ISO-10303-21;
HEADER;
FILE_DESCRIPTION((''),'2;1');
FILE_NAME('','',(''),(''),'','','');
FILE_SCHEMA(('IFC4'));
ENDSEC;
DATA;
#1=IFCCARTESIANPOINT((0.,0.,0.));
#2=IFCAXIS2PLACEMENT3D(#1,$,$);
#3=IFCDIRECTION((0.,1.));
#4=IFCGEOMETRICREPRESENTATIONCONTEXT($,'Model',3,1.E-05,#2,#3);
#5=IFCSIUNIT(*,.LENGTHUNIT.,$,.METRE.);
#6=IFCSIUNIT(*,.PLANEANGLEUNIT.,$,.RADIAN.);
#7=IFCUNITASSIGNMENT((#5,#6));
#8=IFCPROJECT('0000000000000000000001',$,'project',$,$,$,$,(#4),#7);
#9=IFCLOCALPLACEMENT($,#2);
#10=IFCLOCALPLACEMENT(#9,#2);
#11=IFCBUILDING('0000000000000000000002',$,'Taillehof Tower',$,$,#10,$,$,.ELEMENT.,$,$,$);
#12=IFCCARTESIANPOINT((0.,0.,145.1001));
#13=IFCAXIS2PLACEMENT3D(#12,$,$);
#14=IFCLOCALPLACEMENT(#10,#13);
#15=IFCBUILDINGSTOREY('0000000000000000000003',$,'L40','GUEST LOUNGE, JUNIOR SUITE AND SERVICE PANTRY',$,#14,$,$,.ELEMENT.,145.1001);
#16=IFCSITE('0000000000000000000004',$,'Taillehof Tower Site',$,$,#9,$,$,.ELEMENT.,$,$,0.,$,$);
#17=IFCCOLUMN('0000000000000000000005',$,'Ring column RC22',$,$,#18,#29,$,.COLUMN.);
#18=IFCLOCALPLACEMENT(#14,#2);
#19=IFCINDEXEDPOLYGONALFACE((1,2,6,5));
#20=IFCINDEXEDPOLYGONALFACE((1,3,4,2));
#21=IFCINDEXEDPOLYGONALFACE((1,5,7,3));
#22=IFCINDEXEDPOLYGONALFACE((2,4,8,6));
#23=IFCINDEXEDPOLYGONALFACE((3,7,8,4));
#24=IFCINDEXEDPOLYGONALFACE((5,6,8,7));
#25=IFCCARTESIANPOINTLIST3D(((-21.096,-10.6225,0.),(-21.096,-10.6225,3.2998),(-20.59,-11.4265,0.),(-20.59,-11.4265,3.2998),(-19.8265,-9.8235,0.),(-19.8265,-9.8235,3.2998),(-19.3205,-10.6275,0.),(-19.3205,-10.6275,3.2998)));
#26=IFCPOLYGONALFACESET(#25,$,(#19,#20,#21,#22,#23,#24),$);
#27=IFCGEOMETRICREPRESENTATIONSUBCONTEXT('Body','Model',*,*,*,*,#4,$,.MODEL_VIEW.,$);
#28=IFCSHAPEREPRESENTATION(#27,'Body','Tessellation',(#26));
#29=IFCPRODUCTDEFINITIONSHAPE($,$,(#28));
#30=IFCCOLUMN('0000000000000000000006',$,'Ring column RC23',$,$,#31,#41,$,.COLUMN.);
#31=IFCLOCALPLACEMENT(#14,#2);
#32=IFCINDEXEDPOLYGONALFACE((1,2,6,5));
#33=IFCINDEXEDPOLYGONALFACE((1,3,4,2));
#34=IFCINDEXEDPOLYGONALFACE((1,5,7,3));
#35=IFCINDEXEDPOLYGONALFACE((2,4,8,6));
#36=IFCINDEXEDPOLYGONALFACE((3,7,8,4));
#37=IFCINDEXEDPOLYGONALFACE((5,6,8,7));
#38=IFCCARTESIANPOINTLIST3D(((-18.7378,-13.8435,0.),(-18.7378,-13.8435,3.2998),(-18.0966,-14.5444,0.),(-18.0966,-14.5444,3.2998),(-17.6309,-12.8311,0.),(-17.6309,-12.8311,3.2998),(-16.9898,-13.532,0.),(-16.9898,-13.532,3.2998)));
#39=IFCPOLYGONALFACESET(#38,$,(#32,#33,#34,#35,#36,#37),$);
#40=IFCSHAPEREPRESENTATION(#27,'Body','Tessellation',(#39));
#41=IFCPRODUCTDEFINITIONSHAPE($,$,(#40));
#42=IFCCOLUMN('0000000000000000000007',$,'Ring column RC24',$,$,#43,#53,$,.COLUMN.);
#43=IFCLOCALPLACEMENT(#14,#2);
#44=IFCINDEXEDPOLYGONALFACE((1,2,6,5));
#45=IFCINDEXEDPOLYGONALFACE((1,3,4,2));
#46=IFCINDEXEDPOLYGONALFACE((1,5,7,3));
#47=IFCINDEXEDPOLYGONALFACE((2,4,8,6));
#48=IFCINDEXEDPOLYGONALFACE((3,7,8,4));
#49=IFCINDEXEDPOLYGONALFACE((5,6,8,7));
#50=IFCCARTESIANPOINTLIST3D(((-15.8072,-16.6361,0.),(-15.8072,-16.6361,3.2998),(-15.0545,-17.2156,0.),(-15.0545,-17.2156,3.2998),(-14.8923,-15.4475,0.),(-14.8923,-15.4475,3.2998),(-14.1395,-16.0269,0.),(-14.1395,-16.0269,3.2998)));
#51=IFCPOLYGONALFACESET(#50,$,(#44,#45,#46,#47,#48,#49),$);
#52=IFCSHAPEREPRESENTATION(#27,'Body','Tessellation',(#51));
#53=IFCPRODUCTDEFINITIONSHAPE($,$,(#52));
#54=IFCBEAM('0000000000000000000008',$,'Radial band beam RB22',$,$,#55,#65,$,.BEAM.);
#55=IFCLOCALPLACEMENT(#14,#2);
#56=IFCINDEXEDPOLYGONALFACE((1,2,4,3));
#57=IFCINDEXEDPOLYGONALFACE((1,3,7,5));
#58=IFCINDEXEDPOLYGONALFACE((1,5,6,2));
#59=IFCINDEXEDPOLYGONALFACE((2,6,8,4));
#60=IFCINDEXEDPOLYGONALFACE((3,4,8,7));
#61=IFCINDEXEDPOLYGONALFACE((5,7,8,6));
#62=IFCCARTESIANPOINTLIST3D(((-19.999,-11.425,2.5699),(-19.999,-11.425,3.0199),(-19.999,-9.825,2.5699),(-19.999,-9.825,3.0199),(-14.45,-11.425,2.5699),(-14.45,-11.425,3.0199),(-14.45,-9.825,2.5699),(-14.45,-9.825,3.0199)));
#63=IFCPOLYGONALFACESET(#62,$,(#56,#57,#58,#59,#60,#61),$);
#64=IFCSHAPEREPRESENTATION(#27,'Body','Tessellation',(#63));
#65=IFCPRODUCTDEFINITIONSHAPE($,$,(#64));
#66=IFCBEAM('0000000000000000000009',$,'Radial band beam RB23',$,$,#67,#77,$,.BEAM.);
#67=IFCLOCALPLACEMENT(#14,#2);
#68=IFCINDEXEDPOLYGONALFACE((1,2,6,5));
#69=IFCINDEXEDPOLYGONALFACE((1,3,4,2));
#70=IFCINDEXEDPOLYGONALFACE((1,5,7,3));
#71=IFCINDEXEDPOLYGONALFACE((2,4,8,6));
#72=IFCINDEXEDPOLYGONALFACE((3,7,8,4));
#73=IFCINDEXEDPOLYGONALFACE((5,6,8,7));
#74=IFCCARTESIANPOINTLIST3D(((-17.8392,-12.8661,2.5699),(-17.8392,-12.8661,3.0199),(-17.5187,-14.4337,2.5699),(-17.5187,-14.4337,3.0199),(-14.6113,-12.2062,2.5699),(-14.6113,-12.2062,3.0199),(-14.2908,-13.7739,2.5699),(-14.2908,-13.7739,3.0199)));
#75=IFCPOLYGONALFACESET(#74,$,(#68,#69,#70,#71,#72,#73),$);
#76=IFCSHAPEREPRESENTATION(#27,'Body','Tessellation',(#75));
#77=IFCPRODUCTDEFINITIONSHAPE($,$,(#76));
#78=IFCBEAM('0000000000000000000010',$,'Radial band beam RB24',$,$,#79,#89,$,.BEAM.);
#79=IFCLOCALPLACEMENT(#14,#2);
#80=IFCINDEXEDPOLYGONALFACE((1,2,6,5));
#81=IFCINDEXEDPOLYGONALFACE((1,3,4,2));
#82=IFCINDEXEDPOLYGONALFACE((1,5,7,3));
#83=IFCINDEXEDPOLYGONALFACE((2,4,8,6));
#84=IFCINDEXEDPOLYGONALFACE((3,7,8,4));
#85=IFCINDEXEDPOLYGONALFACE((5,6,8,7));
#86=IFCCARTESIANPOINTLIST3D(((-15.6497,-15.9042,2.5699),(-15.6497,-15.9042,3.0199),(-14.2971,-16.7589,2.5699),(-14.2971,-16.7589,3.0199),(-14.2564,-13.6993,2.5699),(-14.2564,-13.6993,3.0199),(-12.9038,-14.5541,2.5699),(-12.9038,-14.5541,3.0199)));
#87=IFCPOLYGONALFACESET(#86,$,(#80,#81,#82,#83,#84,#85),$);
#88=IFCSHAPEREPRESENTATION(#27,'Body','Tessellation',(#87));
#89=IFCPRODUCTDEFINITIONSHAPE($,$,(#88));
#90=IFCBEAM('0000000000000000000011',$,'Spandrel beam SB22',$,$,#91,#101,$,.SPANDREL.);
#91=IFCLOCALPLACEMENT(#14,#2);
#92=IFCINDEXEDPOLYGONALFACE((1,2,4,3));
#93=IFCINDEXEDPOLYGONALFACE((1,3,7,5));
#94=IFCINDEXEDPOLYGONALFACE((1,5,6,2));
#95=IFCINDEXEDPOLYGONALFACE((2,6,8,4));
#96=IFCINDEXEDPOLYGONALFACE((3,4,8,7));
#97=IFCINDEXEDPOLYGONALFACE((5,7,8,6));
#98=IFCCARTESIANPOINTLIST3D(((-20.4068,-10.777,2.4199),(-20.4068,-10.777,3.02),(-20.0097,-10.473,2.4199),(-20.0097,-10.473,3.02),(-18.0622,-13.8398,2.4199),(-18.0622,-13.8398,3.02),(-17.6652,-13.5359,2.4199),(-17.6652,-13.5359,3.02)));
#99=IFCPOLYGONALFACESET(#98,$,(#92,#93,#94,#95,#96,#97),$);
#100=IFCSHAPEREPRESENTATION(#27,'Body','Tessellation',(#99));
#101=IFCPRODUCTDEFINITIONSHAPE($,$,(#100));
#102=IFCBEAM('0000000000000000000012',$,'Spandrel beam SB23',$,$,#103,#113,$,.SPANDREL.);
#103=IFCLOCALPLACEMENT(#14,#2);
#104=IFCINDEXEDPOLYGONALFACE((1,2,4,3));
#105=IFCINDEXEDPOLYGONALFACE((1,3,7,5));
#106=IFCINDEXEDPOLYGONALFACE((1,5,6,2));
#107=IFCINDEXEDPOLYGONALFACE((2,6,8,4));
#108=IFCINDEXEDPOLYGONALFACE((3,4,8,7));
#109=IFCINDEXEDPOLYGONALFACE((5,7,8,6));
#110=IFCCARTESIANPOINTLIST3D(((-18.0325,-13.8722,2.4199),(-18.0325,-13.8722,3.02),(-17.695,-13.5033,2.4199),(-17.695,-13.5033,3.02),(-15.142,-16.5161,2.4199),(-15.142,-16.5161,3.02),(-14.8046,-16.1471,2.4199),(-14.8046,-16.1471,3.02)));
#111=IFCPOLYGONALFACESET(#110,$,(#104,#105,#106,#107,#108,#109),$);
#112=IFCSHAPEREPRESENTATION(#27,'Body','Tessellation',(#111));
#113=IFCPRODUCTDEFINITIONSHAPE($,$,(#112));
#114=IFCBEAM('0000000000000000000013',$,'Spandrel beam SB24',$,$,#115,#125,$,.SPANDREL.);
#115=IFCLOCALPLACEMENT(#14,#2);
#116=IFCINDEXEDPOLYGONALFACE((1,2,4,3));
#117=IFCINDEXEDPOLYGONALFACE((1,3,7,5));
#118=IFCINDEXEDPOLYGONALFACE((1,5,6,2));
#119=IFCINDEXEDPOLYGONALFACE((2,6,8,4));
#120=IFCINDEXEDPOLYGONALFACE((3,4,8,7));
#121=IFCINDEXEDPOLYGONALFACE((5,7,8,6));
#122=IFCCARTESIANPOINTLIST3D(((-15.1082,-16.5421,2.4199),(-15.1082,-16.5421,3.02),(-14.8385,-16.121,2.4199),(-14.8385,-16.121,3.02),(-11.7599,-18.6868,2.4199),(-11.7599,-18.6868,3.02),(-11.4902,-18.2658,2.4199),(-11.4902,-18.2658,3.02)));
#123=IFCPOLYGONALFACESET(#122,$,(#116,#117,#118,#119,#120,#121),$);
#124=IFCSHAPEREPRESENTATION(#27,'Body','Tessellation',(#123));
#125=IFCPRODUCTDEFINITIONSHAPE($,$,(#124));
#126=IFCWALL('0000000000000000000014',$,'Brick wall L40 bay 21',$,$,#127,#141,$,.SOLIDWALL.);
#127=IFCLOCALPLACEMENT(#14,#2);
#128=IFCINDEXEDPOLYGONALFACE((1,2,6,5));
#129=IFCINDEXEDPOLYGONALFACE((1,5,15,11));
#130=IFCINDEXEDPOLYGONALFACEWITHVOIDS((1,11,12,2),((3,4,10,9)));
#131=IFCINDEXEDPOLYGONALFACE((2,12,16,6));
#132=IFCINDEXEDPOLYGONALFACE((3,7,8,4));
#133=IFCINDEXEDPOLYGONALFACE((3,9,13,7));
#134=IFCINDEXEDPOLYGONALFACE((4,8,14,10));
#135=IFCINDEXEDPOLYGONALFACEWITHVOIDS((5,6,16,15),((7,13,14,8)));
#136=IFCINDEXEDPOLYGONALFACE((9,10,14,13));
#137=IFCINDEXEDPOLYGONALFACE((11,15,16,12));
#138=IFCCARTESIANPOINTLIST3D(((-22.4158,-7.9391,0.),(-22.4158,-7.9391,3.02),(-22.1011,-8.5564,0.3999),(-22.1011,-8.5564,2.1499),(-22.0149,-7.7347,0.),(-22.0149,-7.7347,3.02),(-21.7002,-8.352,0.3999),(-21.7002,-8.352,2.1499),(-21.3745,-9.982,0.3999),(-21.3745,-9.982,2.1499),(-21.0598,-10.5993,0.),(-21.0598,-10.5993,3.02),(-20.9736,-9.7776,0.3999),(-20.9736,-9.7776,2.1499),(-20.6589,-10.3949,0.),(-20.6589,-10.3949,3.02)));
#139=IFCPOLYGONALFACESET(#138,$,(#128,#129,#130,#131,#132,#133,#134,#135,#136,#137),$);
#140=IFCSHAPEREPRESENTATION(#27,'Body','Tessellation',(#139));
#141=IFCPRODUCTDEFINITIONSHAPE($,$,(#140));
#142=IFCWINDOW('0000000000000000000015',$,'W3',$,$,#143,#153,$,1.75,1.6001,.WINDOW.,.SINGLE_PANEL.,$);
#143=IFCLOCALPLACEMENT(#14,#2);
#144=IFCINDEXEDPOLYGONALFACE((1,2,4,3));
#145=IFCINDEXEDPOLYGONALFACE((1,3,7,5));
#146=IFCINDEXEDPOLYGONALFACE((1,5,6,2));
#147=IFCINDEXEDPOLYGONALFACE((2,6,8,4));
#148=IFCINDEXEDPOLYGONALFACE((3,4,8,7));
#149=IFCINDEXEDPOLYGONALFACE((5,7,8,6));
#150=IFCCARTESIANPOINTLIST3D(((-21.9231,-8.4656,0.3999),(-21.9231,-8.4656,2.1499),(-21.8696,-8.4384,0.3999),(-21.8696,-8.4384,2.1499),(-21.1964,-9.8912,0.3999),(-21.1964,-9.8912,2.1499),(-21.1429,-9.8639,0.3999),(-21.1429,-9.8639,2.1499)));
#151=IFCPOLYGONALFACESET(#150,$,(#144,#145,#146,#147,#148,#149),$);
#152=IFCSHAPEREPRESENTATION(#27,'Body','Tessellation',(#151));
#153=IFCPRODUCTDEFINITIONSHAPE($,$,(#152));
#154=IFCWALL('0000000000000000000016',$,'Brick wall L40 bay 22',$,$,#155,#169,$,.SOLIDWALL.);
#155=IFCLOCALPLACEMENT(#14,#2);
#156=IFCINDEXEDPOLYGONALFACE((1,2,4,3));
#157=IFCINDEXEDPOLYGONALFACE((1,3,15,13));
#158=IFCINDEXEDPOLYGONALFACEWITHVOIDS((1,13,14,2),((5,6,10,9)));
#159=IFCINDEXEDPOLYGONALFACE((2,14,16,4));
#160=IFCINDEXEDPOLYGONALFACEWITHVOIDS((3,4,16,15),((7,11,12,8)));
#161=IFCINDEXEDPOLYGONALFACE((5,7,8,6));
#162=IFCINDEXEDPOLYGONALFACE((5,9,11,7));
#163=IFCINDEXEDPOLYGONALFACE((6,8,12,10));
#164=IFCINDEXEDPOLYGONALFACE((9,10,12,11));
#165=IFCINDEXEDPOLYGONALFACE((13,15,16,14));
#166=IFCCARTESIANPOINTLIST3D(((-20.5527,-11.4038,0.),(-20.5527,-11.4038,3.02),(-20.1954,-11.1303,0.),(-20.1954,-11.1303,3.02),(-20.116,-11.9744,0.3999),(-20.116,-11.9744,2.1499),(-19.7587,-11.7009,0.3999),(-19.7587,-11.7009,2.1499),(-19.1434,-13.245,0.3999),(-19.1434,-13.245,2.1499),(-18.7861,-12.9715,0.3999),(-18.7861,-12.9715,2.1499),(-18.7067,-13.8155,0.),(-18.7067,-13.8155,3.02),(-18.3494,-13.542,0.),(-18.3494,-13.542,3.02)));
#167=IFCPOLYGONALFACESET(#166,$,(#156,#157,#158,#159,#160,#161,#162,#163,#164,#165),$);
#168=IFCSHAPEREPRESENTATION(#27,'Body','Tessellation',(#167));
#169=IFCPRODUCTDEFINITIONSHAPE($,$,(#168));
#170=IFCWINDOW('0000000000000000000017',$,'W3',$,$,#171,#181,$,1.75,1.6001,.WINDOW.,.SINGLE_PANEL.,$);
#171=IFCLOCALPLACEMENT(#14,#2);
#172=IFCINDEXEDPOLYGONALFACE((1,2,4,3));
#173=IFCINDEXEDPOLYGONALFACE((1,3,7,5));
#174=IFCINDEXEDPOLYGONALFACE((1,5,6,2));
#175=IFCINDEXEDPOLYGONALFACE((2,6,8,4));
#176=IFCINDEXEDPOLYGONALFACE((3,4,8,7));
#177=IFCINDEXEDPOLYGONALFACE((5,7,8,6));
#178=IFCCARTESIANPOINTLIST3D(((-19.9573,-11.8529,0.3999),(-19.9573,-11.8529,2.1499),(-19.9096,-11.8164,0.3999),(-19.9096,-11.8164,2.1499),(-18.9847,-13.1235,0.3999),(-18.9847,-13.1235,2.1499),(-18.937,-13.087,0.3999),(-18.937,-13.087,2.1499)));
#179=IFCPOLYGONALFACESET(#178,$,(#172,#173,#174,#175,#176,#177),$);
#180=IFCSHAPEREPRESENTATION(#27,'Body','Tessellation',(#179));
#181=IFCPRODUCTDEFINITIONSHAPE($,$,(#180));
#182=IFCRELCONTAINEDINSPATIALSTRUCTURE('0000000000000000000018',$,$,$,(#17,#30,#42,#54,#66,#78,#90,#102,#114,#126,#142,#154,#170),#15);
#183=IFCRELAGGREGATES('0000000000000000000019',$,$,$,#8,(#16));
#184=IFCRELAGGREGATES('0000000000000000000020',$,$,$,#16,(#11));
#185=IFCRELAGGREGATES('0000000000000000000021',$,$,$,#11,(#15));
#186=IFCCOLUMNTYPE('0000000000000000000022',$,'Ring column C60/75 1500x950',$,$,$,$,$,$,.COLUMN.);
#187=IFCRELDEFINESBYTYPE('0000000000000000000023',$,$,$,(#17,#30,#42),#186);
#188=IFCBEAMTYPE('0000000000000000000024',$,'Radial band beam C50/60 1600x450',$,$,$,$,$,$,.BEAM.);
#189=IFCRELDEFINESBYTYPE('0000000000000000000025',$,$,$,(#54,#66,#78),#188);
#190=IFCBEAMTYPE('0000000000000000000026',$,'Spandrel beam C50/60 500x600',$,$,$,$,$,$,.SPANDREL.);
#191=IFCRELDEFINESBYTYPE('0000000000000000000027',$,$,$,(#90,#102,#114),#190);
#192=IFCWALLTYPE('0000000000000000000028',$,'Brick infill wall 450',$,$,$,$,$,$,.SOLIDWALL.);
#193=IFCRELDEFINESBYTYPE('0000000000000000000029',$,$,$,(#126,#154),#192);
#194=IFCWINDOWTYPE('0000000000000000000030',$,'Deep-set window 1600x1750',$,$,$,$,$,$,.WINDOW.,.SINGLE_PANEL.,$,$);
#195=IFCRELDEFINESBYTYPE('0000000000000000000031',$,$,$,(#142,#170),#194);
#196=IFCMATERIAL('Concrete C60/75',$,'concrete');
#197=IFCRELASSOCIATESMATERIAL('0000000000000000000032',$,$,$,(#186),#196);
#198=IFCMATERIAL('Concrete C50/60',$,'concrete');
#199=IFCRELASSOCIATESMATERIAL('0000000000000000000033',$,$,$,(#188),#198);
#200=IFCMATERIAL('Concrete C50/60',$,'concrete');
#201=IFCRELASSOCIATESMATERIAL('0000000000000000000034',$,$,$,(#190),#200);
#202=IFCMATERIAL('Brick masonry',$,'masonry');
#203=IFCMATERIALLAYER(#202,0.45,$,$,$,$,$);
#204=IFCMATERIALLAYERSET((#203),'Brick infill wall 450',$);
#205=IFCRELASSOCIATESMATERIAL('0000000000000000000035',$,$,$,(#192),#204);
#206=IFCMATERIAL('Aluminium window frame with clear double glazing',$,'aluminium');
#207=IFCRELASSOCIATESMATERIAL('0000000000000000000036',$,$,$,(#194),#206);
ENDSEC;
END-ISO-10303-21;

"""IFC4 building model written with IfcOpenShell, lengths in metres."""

from ifc_helpers import new_model, si_unit, direction, frame, frame_2d, origin, origin_2d, place, context, subcontext, project, spatial, rectangle, extrude, material, layer, layer_set, material_profile, profile_set, type_object, element, fill, save


model = new_model("IFC4")

# Units and contexts
model_context = context("Model", 3, precision=1e-05, world=origin(), true_north=direction((0.0, 1.0)))
body_context = subcontext(model_context, "Body", "Model", "MODEL_VIEW")
ifc_project = project(units=[si_unit("LENGTHUNIT", "METRE"), si_unit("PLANEANGLEUNIT", "RADIAN")], contexts=[model_context])

# Site, building, storey
site_placement = place(None, origin())
site = spatial("IfcSite", under=ifc_project, at=site_placement, Name="Taillehof Tower Site", CompositionType="ELEMENT", RefElevation=0.0)
building_placement = place(site_placement, origin())
building = spatial("IfcBuilding", under=site, at=building_placement, Name="Taillehof Tower", CompositionType="ELEMENT")
storey_placement = place(building_placement, frame((0.0, 0.0, 145.1001)))
storey = spatial("IfcBuildingStorey", under=building, at=storey_placement, Name="L40", Description="GUEST LOUNGE, JUNIOR SUITE AND SERVICE PANTRY", CompositionType="ELEMENT", Elevation=145.1001)

# Columns
ifc_material_1 = material(Name="Concrete C60/75", Category="concrete")
ifc_material_profile_1 = material_profile(ifc_material_1, rectangle(XDim=1.5, YDim=0.95, at=origin_2d()), Name="RC 1500x950")
ifc_profile_set_1 = profile_set([ifc_material_profile_1], Name="Concrete C60/75")
column_type = type_object("IfcColumnType", Name="Ring column C60/75 1500x950", PredefinedType="COLUMN", material=ifc_profile_set_1)
for number, where, z_axis, x_axis, name in (
    (1, (-20.2083, -10.625, 0.0), (0.0, 0.0, 1.0), (-0.846334, -0.532652, 0.0), "Ring column RC22"),
    (2, (-17.8638, -13.6877, 0.0), (0.0, 0.0, 1.0), (-0.737879, -0.674933, 0.0), "Ring column RC23"),
    (3, (-14.9734, -16.3315, 0.0), (0.0, 0.0, 1.0), (-0.609971, -0.792424, 0.0), "Ring column RC24"),
):
    element("IfcColumn", number, at=place(storey_placement, frame(where, z_axis=z_axis, x_axis=x_axis)), inside=storey, type_object=column_type, Name=name, PredefinedType="COLUMN", context=body_context, shape_type="SweptSolid", body=[
        extrude(rectangle(XDim=1.5, YDim=0.95, at=origin_2d()), origin(), (0.0, 0.0, 1.0), 3.2998),
    ])

# Beams
ifc_material_2 = material(Name="Concrete C50/60", Category="concrete")
ifc_material_profile_2 = material_profile(ifc_material_2, rectangle(XDim=1.6001, YDim=0.45, at=origin_2d()), Name="RC 1600x450")
ifc_profile_set_2 = profile_set([ifc_material_profile_2], Name="Concrete C50/60")
beam_type_1 = type_object("IfcBeamType", Name="Radial band beam C50/60 1600x450", PredefinedType="BEAM", material=ifc_profile_set_2)
beam_1_placement = place(storey_placement, frame((-19.999, -10.625, 2.7949), z_axis=(1.0, 0.0, 0.0), x_axis=(0.0, 1.0, 0.0)))
element("IfcBeam", 4, at=beam_1_placement, inside=storey, type_object=beam_type_1, Name="Radial band beam RB22", PredefinedType="BEAM", context=body_context, shape_type="SweptSolid", body=[
    extrude(rectangle(XDim=1.6001, YDim=0.45, at=origin_2d()), origin(), (0.0, 0.0, 1.0), 5.5491),
])
beam_2_placement = place(storey_placement, frame((-17.679, -13.6499, 2.7949), z_axis=(0.979737, 0.20029, 0.0), x_axis=(-0.20029, 0.979737, 0.0)))
element("IfcBeam", 5, at=beam_2_placement, inside=storey, type_object=beam_type_1, Name="Radial band beam RB23", PredefinedType="BEAM", context=body_context, shape_type="SweptSolid", body=[
    extrude(rectangle(XDim=1.6001, YDim=0.45, at=origin_2d()), origin(), (0.0, 0.0, 1.0), 3.2947),
])
beam_3_placement = place(storey_placement, frame((-14.9734, -16.3315, 2.7949), z_axis=(0.534208, 0.845353, 0.0), x_axis=(-0.845353, 0.534208, 0.0)))
element("IfcBeam", 6, at=beam_3_placement, inside=storey, type_object=beam_type_1, Name="Radial band beam RB24", PredefinedType="BEAM", context=body_context, shape_type="SweptSolid", body=[
    extrude(rectangle(XDim=1.6001, YDim=0.45, at=origin_2d()), origin(), (0.0, 0.0, 1.0), 2.6082),
])
ifc_material_3 = material(Name="Concrete C50/60", Category="concrete")
ifc_material_profile_3 = material_profile(ifc_material_3, rectangle(XDim=0.5, YDim=0.6001, at=origin_2d()), Name="RC 500x600")
ifc_profile_set_3 = profile_set([ifc_material_profile_3], Name="Concrete C50/60")
beam_type_2 = type_object("IfcBeamType", Name="Spandrel beam C50/60 500x600", PredefinedType="SPANDREL", material=ifc_profile_set_3)
beam_4_placement = place(storey_placement, frame((-20.2083, -10.625, 2.72), z_axis=(0.60784, -0.794059, 0.0), x_axis=(0.794059, 0.60784, 0.0)))
element("IfcBeam", 7, at=beam_4_placement, inside=storey, type_object=beam_type_2, Name="Spandrel beam SB22", PredefinedType="SPANDREL", context=body_context, shape_type="SweptSolid", body=[
    extrude(rectangle(XDim=0.5, YDim=0.6001, at=origin_2d()), origin(), (0.0, 0.0, 1.0), 3.8572),
])
beam_5_placement = place(storey_placement, frame((-17.8638, -13.6877, 2.72), z_axis=(0.737881, -0.674931, 0.0), x_axis=(0.674931, 0.737881, 0.0)))
element("IfcBeam", 8, at=beam_5_placement, inside=storey, type_object=beam_type_2, Name="Spandrel beam SB23", PredefinedType="SPANDREL", context=body_context, shape_type="SweptSolid", body=[
    extrude(rectangle(XDim=0.5, YDim=0.6001, at=origin_2d()), origin(), (0.0, 0.0, 1.0), 3.9172),
])
beam_6_placement = place(storey_placement, frame((-14.9734, -16.3315, 2.72), z_axis=(0.842065, -0.539376, 0.0), x_axis=(0.539376, 0.842065, 0.0)))
element("IfcBeam", 9, at=beam_6_placement, inside=storey, type_object=beam_type_2, Name="Spandrel beam SB24", PredefinedType="SPANDREL", context=body_context, shape_type="SweptSolid", body=[
    extrude(rectangle(XDim=0.5, YDim=0.6001, at=origin_2d()), origin(), (0.0, 0.0, 1.0), 3.9763),
])

# Walls, openings, windows
ifc_material_4 = material(Name="Brick masonry", Category="masonry")
ifc_layer_1 = layer(ifc_material_4, 0.45)
ifc_layer_set_1 = layer_set([ifc_layer_1], Name="Brick infill wall 450")
wall_type_1 = type_object("IfcWallType", Name="Brick infill wall 450", PredefinedType="SOLIDWALL", material=ifc_layer_set_1)
wall_1_placement = place(storey_placement, frame((-22.2153, -7.8369, 0.0), z_axis=(0.0, 0.0, 1.0), x_axis=(0.454134, -0.890933, 0.0)))
wall_1 = element("IfcWall", 10, at=wall_1_placement, inside=storey, type_object=wall_type_1, Name="Brick wall L40 bay 21", PredefinedType="SOLIDWALL", context=body_context, shape_type="SweptSolid", body=[
    extrude(rectangle(XDim=2.9858, YDim=0.45, at=frame_2d((1.4929, 0.0))), origin(), (0.0, 0.0, 1.0), 3.02),
])
opening_1_placement = place(wall_1_placement, frame((0.6929, 0.0, 0.3999)))
opening_1 = element("IfcOpeningElement", 11, at=opening_1_placement, cuts=wall_1, PredefinedType="OPENING", context=body_context, shape_type="SweptSolid", body=[
    extrude(rectangle(XDim=1.6001, YDim=1.75, at=frame_2d((0.8, 0.875))), frame((0.0, 0.2349, 0.0), z_axis=(0.0, -1.0, 0.0), x_axis=(1.0, 0.0, 0.0)), (0.0, 0.0, 1.0), 0.47),
])
ifc_material_5 = material(Name="Aluminium window frame with clear double glazing", Category="aluminium")
window_type = type_object("IfcWindowType", Name="Deep-set window 1600x1750", PartitioningType="SINGLE_PANEL", PredefinedType="WINDOW", material=ifc_material_5)
window_1_placement = place(opening_1_placement, origin())
window_1 = element("IfcWindow", 12, at=window_1_placement, inside=storey, type_object=window_type, Name="W3", OverallHeight=1.75, OverallWidth=1.6001, PartitioningType="SINGLE_PANEL", PredefinedType="WINDOW", context=body_context, shape_type="SweptSolid", body=[
    extrude(rectangle(XDim=1.6001, YDim=1.75, at=frame_2d((0.8, 0.875))), frame((0.0, 0.0349, 0.0), z_axis=(0.0, -1.0, 0.0), x_axis=(1.0, 0.0, 0.0)), (0.0, 0.0, 1.0), 0.0601),
])
fill(opening_1, window_1)
wall_2_placement = place(storey_placement, frame((-20.374, -11.2671, 0.0), z_axis=(0.0, 0.0, 1.0), x_axis=(0.607817, -0.794077, 0.0)))
wall_2 = element("IfcWall", 13, at=wall_2_placement, inside=storey, type_object=wall_type_1, Name="Brick wall L40 bay 22", PredefinedType="SOLIDWALL", context=body_context, shape_type="SweptSolid", body=[
    extrude(rectangle(XDim=3.0371, YDim=0.45, at=frame_2d((1.5186, 0.0))), origin(), (0.0, 0.0, 1.0), 3.02),
])
opening_2_placement = place(wall_2_placement, frame((0.7185, 0.0, 0.3999)))
opening_2 = element("IfcOpeningElement", 14, at=opening_2_placement, cuts=wall_2, PredefinedType="OPENING", context=body_context, shape_type="SweptSolid", body=[
    extrude(rectangle(XDim=1.6001, YDim=1.75, at=frame_2d((0.8, 0.875))), frame((0.0, 0.2349, 0.0), z_axis=(0.0, -1.0, 0.0), x_axis=(1.0, 0.0, 0.0)), (0.0, 0.0, 1.0), 0.47),
])
window_2_placement = place(opening_2_placement, origin())
window_2 = element("IfcWindow", 15, at=window_2_placement, inside=storey, type_object=window_type, Name="W3", OverallHeight=1.75, OverallWidth=1.6001, PartitioningType="SINGLE_PANEL", PredefinedType="WINDOW", context=body_context, shape_type="SweptSolid", body=[
    extrude(rectangle(XDim=1.6001, YDim=1.75, at=frame_2d((0.8, 0.875))), frame((0.0, 0.0349, 0.0), z_axis=(0.0, -1.0, 0.0), x_axis=(1.0, 0.0, 0.0)), (0.0, 0.0, 1.0), 0.0601),
])
fill(opening_2, window_2)

save(model, "model.ifc")
